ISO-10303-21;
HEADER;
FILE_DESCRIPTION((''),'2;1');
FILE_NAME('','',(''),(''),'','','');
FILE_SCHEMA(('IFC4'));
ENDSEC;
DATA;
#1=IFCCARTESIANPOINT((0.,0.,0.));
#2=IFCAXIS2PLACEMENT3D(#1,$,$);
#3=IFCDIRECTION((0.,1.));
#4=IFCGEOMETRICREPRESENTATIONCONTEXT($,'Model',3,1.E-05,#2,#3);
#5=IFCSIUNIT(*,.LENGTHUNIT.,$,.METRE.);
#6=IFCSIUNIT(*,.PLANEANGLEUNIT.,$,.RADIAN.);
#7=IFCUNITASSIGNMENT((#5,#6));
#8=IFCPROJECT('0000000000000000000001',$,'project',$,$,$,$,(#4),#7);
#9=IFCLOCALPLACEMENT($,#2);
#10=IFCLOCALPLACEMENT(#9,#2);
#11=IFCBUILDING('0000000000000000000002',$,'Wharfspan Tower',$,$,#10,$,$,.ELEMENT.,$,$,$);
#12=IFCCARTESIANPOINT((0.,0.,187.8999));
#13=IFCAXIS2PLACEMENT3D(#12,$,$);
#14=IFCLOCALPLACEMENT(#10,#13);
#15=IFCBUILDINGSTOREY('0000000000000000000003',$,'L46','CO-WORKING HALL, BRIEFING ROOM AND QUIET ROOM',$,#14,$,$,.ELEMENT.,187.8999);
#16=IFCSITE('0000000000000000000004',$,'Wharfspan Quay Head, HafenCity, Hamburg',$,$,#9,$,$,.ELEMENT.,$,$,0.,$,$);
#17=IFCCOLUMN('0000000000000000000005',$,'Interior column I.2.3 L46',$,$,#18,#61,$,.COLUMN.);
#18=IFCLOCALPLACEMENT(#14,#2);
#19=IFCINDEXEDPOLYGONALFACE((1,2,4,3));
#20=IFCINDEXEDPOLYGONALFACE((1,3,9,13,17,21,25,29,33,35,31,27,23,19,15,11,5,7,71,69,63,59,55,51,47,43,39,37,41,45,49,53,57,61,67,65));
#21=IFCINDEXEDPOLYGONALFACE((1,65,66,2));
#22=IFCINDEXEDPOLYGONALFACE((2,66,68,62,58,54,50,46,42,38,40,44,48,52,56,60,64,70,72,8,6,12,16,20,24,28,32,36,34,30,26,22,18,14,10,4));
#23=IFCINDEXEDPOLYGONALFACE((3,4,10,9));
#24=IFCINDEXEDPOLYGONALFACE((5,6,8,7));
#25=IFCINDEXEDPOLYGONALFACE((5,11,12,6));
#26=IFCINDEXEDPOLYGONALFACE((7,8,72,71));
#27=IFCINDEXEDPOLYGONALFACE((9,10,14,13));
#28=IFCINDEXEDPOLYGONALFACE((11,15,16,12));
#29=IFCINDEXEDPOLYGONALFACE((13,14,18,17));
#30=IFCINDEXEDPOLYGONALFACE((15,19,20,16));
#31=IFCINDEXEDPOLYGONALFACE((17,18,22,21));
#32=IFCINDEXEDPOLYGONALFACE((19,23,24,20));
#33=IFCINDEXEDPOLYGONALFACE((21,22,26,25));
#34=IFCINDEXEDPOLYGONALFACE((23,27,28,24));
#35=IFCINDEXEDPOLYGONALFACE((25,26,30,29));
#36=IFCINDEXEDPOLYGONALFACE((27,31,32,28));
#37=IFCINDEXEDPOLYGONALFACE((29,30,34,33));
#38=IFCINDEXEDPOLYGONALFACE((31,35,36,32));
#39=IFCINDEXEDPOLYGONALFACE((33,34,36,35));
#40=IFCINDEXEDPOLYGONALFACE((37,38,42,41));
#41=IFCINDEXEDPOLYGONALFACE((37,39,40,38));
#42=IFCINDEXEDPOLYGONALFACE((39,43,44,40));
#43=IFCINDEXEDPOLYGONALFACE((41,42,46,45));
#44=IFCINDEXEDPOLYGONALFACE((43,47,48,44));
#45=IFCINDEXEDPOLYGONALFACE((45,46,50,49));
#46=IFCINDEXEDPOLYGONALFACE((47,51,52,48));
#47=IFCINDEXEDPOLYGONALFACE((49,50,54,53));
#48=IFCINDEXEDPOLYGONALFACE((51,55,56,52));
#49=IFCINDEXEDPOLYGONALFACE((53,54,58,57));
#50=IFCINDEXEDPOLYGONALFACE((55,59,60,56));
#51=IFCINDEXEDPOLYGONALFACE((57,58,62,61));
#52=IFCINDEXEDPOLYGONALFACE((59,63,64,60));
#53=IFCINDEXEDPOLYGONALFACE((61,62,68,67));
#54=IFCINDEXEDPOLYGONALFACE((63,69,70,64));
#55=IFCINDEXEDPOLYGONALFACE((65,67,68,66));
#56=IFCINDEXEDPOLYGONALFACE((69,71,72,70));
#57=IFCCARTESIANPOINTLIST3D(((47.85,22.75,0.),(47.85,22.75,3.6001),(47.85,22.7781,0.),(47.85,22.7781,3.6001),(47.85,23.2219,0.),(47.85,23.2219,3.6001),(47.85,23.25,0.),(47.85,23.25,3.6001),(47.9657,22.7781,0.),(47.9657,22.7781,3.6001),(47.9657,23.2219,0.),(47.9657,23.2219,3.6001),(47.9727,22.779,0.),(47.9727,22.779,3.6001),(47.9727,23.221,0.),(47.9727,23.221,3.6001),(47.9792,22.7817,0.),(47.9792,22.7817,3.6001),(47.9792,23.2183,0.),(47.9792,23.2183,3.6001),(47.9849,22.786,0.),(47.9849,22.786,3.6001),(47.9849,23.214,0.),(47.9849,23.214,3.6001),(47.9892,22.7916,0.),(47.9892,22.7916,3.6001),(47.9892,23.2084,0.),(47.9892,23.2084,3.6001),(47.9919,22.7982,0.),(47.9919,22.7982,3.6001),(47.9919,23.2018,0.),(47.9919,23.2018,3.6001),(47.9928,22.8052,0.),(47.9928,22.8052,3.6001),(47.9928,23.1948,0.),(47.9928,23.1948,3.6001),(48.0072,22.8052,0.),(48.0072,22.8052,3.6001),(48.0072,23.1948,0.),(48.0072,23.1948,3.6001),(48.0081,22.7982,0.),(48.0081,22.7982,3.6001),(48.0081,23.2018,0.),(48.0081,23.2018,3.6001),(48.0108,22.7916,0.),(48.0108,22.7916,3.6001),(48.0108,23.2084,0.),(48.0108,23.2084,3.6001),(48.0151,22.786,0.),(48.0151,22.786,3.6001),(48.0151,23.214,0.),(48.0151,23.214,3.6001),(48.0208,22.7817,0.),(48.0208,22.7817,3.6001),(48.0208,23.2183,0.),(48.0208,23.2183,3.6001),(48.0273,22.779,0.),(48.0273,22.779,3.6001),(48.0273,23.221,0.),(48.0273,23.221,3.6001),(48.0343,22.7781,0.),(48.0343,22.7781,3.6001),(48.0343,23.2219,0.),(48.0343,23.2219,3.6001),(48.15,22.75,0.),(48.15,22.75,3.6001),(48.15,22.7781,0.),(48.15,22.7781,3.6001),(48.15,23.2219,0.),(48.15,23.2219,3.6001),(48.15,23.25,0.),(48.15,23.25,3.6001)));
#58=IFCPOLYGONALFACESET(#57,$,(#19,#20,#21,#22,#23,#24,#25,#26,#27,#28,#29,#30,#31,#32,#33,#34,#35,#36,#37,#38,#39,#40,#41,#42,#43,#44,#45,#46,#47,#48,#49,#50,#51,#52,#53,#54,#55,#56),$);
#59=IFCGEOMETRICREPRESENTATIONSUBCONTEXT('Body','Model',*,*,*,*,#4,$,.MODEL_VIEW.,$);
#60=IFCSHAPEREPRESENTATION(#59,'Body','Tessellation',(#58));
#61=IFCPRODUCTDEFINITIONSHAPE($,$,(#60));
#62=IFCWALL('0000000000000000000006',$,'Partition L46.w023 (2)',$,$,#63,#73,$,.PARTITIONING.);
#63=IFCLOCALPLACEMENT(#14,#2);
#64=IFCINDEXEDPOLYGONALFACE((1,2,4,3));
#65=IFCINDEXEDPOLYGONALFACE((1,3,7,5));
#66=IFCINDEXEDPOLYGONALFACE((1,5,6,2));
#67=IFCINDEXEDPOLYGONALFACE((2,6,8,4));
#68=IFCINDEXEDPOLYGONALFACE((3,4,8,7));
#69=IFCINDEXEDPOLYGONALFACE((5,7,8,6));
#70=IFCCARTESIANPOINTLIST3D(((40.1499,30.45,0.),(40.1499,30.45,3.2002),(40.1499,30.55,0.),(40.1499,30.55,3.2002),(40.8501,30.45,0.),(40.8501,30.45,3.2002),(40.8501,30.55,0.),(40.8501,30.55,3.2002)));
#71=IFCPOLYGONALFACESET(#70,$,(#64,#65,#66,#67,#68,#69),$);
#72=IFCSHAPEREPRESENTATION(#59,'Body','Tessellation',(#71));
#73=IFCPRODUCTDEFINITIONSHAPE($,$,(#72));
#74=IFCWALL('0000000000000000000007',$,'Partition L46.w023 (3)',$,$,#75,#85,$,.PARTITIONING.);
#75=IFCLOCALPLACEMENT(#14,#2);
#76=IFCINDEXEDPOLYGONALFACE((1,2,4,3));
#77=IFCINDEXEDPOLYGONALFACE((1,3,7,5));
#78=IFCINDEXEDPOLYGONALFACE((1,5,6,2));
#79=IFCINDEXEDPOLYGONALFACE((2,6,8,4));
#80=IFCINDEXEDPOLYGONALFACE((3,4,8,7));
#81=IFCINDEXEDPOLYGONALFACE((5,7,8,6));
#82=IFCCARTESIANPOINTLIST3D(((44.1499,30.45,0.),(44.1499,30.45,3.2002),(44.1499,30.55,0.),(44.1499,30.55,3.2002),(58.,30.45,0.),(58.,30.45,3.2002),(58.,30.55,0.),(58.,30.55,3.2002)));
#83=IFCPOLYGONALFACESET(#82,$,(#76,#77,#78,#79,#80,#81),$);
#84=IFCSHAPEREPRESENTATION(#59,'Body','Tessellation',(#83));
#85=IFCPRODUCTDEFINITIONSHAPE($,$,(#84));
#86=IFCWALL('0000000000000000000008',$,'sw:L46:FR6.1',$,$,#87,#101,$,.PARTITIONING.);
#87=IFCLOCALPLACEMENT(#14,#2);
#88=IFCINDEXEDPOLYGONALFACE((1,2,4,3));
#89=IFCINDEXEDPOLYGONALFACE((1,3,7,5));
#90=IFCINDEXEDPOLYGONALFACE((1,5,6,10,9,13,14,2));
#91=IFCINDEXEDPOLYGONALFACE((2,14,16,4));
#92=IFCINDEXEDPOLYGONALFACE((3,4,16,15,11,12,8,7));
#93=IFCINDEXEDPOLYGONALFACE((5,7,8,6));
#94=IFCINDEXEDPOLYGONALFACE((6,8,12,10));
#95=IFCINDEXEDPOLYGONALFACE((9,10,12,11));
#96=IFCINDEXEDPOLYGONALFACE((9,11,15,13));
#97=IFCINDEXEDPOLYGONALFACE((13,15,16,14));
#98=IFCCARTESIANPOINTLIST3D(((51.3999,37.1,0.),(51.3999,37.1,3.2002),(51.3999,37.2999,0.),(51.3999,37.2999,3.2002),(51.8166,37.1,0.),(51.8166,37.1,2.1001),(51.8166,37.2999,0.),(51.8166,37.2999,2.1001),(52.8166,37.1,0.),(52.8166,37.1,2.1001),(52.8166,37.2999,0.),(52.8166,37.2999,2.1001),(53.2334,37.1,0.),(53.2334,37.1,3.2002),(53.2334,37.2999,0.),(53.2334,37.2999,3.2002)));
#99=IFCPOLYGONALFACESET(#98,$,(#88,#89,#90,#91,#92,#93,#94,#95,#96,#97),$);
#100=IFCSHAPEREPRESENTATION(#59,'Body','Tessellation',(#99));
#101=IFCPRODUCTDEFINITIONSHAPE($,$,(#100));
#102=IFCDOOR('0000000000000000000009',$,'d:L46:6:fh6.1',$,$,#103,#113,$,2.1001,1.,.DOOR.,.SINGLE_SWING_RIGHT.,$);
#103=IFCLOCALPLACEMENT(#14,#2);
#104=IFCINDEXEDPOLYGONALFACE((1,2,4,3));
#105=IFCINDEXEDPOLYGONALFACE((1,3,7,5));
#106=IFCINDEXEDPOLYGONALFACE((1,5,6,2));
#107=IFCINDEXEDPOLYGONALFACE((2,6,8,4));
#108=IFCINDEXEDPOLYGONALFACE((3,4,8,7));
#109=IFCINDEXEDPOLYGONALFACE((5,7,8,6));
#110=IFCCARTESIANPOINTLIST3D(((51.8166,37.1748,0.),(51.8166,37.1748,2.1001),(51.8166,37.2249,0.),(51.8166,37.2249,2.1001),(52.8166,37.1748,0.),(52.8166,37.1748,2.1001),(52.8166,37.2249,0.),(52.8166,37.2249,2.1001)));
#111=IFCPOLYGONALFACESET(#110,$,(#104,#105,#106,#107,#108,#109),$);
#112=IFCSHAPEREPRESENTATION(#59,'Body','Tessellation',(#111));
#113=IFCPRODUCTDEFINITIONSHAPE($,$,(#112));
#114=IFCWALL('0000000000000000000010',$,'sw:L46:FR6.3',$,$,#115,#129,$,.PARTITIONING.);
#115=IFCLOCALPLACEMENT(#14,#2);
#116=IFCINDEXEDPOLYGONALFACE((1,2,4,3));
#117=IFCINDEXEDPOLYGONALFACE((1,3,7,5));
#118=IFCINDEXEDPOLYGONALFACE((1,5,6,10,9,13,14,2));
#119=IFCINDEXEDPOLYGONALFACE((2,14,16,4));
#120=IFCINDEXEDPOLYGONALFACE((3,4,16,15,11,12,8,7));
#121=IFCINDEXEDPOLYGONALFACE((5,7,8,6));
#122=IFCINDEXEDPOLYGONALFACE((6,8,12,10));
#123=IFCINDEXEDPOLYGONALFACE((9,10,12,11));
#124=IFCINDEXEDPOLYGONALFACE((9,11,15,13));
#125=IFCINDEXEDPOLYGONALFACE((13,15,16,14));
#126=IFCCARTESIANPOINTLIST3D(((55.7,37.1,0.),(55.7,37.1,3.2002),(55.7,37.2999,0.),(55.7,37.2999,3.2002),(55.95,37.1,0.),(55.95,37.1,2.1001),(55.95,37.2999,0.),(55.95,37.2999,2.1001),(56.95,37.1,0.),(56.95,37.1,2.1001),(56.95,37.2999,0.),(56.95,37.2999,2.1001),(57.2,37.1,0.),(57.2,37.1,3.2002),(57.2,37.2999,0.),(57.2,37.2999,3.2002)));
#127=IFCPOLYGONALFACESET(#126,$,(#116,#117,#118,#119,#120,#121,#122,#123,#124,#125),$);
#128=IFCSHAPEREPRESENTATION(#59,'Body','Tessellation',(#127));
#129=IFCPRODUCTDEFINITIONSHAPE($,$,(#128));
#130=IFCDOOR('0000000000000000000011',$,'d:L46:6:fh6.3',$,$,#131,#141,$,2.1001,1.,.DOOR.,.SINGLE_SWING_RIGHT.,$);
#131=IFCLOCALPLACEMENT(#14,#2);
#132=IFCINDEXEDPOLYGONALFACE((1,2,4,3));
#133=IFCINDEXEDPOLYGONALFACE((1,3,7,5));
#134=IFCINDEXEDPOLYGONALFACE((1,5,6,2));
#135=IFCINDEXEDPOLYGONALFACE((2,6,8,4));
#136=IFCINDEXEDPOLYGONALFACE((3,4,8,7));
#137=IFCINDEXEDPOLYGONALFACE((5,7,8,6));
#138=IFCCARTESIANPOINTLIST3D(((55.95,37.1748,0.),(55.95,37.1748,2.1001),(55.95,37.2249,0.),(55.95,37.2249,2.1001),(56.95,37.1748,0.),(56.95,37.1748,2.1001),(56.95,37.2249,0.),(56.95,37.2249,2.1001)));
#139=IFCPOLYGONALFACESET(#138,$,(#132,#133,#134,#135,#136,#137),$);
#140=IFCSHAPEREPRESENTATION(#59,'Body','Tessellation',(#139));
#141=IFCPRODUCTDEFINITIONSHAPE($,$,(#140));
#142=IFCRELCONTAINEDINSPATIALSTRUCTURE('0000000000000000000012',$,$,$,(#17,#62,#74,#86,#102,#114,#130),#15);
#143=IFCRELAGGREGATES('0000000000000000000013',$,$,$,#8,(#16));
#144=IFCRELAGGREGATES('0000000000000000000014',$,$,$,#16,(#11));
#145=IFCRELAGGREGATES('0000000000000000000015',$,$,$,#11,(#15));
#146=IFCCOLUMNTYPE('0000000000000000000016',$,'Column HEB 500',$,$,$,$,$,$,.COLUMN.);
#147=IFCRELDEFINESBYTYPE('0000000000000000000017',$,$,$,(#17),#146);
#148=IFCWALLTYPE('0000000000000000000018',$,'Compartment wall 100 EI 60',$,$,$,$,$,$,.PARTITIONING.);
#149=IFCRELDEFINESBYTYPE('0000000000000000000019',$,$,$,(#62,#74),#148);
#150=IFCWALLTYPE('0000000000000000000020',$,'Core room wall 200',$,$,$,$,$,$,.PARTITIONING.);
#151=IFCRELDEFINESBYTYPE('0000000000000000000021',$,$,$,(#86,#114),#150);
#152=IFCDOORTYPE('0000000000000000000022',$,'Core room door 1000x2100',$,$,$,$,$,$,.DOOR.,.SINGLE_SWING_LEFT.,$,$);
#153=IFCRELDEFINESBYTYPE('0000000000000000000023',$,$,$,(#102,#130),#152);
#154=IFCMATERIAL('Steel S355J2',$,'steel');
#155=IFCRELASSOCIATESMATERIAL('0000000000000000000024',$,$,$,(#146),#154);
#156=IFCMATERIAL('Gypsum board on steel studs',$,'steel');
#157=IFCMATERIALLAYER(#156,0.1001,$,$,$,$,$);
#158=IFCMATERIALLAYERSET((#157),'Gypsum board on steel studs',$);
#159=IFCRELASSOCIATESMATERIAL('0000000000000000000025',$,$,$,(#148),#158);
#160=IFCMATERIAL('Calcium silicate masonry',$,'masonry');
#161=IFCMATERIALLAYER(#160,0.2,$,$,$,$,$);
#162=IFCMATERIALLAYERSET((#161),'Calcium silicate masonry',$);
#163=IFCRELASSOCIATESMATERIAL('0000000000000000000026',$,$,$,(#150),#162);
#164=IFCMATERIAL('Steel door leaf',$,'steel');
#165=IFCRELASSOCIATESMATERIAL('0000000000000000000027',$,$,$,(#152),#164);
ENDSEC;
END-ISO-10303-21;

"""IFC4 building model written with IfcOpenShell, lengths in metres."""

from ifc_helpers import new_model, si_unit, direction, frame, frame_2d, origin, origin_2d, place, context, subcontext, project, spatial, rectangle, i_section, extrude, material, layer, layer_set, material_profile, profile_set, type_object, element, fill, save


model = new_model("IFC4")

# Units and contexts
model_context = context("Model", 3, precision=1e-05, world=origin(), true_north=direction((0.0, 1.0)))
body_context = subcontext(model_context, "Body", "Model", "MODEL_VIEW")
ifc_project = project(units=[si_unit("LENGTHUNIT", "METRE"), si_unit("PLANEANGLEUNIT", "RADIAN")], contexts=[model_context])

# Site, building, storey
site_placement = place(None, origin())
site = spatial("IfcSite", under=ifc_project, at=site_placement, Name="Wharfspan Quay Head, HafenCity, Hamburg", CompositionType="ELEMENT", RefElevation=0.0)
building_placement = place(site_placement, origin())
building = spatial("IfcBuilding", under=site, at=building_placement, Name="Wharfspan Tower", CompositionType="ELEMENT")
storey_placement = place(building_placement, frame((0.0, 0.0, 187.8999)))
storey = spatial("IfcBuildingStorey", under=building, at=storey_placement, Name="L46", Description="CO-WORKING HALL, BRIEFING ROOM AND QUIET ROOM", CompositionType="ELEMENT", Elevation=187.8999)

# Column
ifc_material_1 = material(Name="Steel S355J2", Category="steel")
ifc_material_profile = material_profile(ifc_material_1, i_section(OverallWidth=0.3, OverallDepth=0.5, WebThickness=0.0144, FlangeThickness=0.0281, FilletRadius=0.0271, at=origin_2d()))
ifc_profile_set = profile_set([ifc_material_profile], Name="Steel S355J2")
column_type = type_object("IfcColumnType", Name="Column HEB 500", PredefinedType="COLUMN", material=ifc_profile_set)
column_placement = place(storey_placement, frame((48.0, 23.0, 0.0), z_axis=(0.0, 0.0, 1.0), x_axis=(1.0, 0.0, 0.0)))
element("IfcColumn", 1, at=column_placement, inside=storey, type_object=column_type, Name="Interior column I.2.3 L46", PredefinedType="COLUMN", context=body_context, shape_type="SweptSolid", body=[
    extrude(i_section(OverallWidth=0.3, OverallDepth=0.5, WebThickness=0.0144, FlangeThickness=0.0281, FilletRadius=0.0271, at=origin_2d()), origin(), (0.0, 0.0, 1.0), 3.6001),
])

# Walls
ifc_material_2 = material(Name="Gypsum board on steel studs", Category="steel")
ifc_layer_1 = layer(ifc_material_2, 0.1001)
ifc_layer_set_1 = layer_set([ifc_layer_1], Name="Gypsum board on steel studs")
wall_type_1 = type_object("IfcWallType", Name="Compartment wall 100 EI 60", PredefinedType="PARTITIONING", material=ifc_layer_set_1)
wall_1_placement = place(storey_placement, frame((40.1499, 30.5, 0.0), z_axis=(0.0, 0.0, 1.0), x_axis=(1.0, 0.0, 0.0)))
element("IfcWall", 2, at=wall_1_placement, inside=storey, type_object=wall_type_1, Name="Partition L46.w023 (2)", PredefinedType="PARTITIONING", context=body_context, shape_type="SweptSolid", body=[
    extrude(rectangle(XDim=0.7002, YDim=0.1001, at=frame_2d((0.3501, 0.0))), origin(), (0.0, 0.0, 1.0), 3.2002),
])
wall_2_placement = place(storey_placement, frame((44.1499, 30.5, 0.0), z_axis=(0.0, 0.0, 1.0), x_axis=(1.0, 0.0, 0.0)))
element("IfcWall", 3, at=wall_2_placement, inside=storey, type_object=wall_type_1, Name="Partition L46.w023 (3)", PredefinedType="PARTITIONING", context=body_context, shape_type="SweptSolid", body=[
    extrude(rectangle(XDim=13.8501, YDim=0.1001, at=frame_2d((6.925, 0.0))), origin(), (0.0, 0.0, 1.0), 3.2002),
])

# Walls, openings, doors
ifc_material_3 = material(Name="Calcium silicate masonry", Category="masonry")
ifc_layer_2 = layer(ifc_material_3, 0.2)
ifc_layer_set_2 = layer_set([ifc_layer_2], Name="Calcium silicate masonry")
wall_type_2 = type_object("IfcWallType", Name="Core room wall 200", PredefinedType="PARTITIONING", material=ifc_layer_set_2)
wall_3_placement = place(storey_placement, frame((51.3999, 37.2, 0.0), z_axis=(0.0, 0.0, 1.0), x_axis=(1.0, 0.0, 0.0)))
wall_3 = element("IfcWall", 4, at=wall_3_placement, inside=storey, type_object=wall_type_2, Name="sw:L46:FR6.1", PredefinedType="PARTITIONING", context=body_context, shape_type="SweptSolid", body=[
    extrude(rectangle(XDim=1.8335, YDim=0.2, at=frame_2d((0.9167, 0.0))), origin(), (0.0, 0.0, 1.0), 3.2002),
])
opening_1_placement = place(wall_3_placement, frame((0.4167, 0.0, 0.0)))
opening_1 = element("IfcOpeningElement", 5, at=opening_1_placement, cuts=wall_3, PredefinedType="OPENING", context=body_context, shape_type="SweptSolid", body=[
    extrude(rectangle(XDim=1.0, YDim=2.1001, at=frame_2d((0.5, 1.05))), frame((0.0, 0.1099, 0.0), z_axis=(0.0, -1.0, 0.0), x_axis=(1.0, 0.0, 0.0)), (0.0, 0.0, 1.0), 0.22),
])
ifc_material_4 = material(Name="Steel door leaf", Category="steel")
door_type_1 = type_object("IfcDoorType", Name="Core room door 1000x2100", OperationType="SINGLE_SWING_LEFT", PredefinedType="DOOR", material=ifc_material_4)
door_1_placement = place(opening_1_placement, origin())
door_1 = element("IfcDoor", 6, at=door_1_placement, inside=storey, type_object=door_type_1, Name="d:L46:6:fh6.1", OperationType="SINGLE_SWING_RIGHT", OverallHeight=2.1001, OverallWidth=1.0, PredefinedType="DOOR", context=body_context, shape_type="SweptSolid", body=[
    extrude(rectangle(XDim=1.0, YDim=2.1001, at=frame_2d((0.5, 1.05))), frame((0.0, 0.0249, 0.0), z_axis=(0.0, -1.0, 0.0), x_axis=(1.0, 0.0, 0.0)), (0.0, 0.0, 1.0), 0.05),
])
fill(opening_1, door_1)
wall_4_placement = place(storey_placement, frame((55.7, 37.2, 0.0), z_axis=(0.0, 0.0, 1.0), x_axis=(1.0, 0.0, 0.0)))
wall_4 = element("IfcWall", 7, at=wall_4_placement, inside=storey, type_object=wall_type_2, Name="sw:L46:FR6.3", PredefinedType="PARTITIONING", context=body_context, shape_type="SweptSolid", body=[
    extrude(rectangle(XDim=1.5, YDim=0.2, at=frame_2d((0.75, 0.0))), origin(), (0.0, 0.0, 1.0), 3.2002),
])
opening_2_placement = place(wall_4_placement, frame((0.25, 0.0, 0.0)))
opening_2 = element("IfcOpeningElement", 8, at=opening_2_placement, cuts=wall_4, PredefinedType="OPENING", context=body_context, shape_type="SweptSolid", body=[
    extrude(rectangle(XDim=1.0, YDim=2.1001, at=frame_2d((0.5, 1.05))), frame((0.0, 0.1099, 0.0), z_axis=(0.0, -1.0, 0.0), x_axis=(1.0, 0.0, 0.0)), (0.0, 0.0, 1.0), 0.22),
])
door_2_placement = place(opening_2_placement, origin())
door_2 = element("IfcDoor", 9, at=door_2_placement, inside=storey, type_object=door_type_1, Name="d:L46:6:fh6.3", OperationType="SINGLE_SWING_RIGHT", OverallHeight=2.1001, OverallWidth=1.0, PredefinedType="DOOR", context=body_context, shape_type="SweptSolid", body=[
    extrude(rectangle(XDim=1.0, YDim=2.1001, at=frame_2d((0.5, 1.05))), frame((0.0, 0.0249, 0.0), z_axis=(0.0, -1.0, 0.0), x_axis=(1.0, 0.0, 0.0)), (0.0, 0.0, 1.0), 0.05),
])
fill(opening_2, door_2)

save(model, "model.ifc")
